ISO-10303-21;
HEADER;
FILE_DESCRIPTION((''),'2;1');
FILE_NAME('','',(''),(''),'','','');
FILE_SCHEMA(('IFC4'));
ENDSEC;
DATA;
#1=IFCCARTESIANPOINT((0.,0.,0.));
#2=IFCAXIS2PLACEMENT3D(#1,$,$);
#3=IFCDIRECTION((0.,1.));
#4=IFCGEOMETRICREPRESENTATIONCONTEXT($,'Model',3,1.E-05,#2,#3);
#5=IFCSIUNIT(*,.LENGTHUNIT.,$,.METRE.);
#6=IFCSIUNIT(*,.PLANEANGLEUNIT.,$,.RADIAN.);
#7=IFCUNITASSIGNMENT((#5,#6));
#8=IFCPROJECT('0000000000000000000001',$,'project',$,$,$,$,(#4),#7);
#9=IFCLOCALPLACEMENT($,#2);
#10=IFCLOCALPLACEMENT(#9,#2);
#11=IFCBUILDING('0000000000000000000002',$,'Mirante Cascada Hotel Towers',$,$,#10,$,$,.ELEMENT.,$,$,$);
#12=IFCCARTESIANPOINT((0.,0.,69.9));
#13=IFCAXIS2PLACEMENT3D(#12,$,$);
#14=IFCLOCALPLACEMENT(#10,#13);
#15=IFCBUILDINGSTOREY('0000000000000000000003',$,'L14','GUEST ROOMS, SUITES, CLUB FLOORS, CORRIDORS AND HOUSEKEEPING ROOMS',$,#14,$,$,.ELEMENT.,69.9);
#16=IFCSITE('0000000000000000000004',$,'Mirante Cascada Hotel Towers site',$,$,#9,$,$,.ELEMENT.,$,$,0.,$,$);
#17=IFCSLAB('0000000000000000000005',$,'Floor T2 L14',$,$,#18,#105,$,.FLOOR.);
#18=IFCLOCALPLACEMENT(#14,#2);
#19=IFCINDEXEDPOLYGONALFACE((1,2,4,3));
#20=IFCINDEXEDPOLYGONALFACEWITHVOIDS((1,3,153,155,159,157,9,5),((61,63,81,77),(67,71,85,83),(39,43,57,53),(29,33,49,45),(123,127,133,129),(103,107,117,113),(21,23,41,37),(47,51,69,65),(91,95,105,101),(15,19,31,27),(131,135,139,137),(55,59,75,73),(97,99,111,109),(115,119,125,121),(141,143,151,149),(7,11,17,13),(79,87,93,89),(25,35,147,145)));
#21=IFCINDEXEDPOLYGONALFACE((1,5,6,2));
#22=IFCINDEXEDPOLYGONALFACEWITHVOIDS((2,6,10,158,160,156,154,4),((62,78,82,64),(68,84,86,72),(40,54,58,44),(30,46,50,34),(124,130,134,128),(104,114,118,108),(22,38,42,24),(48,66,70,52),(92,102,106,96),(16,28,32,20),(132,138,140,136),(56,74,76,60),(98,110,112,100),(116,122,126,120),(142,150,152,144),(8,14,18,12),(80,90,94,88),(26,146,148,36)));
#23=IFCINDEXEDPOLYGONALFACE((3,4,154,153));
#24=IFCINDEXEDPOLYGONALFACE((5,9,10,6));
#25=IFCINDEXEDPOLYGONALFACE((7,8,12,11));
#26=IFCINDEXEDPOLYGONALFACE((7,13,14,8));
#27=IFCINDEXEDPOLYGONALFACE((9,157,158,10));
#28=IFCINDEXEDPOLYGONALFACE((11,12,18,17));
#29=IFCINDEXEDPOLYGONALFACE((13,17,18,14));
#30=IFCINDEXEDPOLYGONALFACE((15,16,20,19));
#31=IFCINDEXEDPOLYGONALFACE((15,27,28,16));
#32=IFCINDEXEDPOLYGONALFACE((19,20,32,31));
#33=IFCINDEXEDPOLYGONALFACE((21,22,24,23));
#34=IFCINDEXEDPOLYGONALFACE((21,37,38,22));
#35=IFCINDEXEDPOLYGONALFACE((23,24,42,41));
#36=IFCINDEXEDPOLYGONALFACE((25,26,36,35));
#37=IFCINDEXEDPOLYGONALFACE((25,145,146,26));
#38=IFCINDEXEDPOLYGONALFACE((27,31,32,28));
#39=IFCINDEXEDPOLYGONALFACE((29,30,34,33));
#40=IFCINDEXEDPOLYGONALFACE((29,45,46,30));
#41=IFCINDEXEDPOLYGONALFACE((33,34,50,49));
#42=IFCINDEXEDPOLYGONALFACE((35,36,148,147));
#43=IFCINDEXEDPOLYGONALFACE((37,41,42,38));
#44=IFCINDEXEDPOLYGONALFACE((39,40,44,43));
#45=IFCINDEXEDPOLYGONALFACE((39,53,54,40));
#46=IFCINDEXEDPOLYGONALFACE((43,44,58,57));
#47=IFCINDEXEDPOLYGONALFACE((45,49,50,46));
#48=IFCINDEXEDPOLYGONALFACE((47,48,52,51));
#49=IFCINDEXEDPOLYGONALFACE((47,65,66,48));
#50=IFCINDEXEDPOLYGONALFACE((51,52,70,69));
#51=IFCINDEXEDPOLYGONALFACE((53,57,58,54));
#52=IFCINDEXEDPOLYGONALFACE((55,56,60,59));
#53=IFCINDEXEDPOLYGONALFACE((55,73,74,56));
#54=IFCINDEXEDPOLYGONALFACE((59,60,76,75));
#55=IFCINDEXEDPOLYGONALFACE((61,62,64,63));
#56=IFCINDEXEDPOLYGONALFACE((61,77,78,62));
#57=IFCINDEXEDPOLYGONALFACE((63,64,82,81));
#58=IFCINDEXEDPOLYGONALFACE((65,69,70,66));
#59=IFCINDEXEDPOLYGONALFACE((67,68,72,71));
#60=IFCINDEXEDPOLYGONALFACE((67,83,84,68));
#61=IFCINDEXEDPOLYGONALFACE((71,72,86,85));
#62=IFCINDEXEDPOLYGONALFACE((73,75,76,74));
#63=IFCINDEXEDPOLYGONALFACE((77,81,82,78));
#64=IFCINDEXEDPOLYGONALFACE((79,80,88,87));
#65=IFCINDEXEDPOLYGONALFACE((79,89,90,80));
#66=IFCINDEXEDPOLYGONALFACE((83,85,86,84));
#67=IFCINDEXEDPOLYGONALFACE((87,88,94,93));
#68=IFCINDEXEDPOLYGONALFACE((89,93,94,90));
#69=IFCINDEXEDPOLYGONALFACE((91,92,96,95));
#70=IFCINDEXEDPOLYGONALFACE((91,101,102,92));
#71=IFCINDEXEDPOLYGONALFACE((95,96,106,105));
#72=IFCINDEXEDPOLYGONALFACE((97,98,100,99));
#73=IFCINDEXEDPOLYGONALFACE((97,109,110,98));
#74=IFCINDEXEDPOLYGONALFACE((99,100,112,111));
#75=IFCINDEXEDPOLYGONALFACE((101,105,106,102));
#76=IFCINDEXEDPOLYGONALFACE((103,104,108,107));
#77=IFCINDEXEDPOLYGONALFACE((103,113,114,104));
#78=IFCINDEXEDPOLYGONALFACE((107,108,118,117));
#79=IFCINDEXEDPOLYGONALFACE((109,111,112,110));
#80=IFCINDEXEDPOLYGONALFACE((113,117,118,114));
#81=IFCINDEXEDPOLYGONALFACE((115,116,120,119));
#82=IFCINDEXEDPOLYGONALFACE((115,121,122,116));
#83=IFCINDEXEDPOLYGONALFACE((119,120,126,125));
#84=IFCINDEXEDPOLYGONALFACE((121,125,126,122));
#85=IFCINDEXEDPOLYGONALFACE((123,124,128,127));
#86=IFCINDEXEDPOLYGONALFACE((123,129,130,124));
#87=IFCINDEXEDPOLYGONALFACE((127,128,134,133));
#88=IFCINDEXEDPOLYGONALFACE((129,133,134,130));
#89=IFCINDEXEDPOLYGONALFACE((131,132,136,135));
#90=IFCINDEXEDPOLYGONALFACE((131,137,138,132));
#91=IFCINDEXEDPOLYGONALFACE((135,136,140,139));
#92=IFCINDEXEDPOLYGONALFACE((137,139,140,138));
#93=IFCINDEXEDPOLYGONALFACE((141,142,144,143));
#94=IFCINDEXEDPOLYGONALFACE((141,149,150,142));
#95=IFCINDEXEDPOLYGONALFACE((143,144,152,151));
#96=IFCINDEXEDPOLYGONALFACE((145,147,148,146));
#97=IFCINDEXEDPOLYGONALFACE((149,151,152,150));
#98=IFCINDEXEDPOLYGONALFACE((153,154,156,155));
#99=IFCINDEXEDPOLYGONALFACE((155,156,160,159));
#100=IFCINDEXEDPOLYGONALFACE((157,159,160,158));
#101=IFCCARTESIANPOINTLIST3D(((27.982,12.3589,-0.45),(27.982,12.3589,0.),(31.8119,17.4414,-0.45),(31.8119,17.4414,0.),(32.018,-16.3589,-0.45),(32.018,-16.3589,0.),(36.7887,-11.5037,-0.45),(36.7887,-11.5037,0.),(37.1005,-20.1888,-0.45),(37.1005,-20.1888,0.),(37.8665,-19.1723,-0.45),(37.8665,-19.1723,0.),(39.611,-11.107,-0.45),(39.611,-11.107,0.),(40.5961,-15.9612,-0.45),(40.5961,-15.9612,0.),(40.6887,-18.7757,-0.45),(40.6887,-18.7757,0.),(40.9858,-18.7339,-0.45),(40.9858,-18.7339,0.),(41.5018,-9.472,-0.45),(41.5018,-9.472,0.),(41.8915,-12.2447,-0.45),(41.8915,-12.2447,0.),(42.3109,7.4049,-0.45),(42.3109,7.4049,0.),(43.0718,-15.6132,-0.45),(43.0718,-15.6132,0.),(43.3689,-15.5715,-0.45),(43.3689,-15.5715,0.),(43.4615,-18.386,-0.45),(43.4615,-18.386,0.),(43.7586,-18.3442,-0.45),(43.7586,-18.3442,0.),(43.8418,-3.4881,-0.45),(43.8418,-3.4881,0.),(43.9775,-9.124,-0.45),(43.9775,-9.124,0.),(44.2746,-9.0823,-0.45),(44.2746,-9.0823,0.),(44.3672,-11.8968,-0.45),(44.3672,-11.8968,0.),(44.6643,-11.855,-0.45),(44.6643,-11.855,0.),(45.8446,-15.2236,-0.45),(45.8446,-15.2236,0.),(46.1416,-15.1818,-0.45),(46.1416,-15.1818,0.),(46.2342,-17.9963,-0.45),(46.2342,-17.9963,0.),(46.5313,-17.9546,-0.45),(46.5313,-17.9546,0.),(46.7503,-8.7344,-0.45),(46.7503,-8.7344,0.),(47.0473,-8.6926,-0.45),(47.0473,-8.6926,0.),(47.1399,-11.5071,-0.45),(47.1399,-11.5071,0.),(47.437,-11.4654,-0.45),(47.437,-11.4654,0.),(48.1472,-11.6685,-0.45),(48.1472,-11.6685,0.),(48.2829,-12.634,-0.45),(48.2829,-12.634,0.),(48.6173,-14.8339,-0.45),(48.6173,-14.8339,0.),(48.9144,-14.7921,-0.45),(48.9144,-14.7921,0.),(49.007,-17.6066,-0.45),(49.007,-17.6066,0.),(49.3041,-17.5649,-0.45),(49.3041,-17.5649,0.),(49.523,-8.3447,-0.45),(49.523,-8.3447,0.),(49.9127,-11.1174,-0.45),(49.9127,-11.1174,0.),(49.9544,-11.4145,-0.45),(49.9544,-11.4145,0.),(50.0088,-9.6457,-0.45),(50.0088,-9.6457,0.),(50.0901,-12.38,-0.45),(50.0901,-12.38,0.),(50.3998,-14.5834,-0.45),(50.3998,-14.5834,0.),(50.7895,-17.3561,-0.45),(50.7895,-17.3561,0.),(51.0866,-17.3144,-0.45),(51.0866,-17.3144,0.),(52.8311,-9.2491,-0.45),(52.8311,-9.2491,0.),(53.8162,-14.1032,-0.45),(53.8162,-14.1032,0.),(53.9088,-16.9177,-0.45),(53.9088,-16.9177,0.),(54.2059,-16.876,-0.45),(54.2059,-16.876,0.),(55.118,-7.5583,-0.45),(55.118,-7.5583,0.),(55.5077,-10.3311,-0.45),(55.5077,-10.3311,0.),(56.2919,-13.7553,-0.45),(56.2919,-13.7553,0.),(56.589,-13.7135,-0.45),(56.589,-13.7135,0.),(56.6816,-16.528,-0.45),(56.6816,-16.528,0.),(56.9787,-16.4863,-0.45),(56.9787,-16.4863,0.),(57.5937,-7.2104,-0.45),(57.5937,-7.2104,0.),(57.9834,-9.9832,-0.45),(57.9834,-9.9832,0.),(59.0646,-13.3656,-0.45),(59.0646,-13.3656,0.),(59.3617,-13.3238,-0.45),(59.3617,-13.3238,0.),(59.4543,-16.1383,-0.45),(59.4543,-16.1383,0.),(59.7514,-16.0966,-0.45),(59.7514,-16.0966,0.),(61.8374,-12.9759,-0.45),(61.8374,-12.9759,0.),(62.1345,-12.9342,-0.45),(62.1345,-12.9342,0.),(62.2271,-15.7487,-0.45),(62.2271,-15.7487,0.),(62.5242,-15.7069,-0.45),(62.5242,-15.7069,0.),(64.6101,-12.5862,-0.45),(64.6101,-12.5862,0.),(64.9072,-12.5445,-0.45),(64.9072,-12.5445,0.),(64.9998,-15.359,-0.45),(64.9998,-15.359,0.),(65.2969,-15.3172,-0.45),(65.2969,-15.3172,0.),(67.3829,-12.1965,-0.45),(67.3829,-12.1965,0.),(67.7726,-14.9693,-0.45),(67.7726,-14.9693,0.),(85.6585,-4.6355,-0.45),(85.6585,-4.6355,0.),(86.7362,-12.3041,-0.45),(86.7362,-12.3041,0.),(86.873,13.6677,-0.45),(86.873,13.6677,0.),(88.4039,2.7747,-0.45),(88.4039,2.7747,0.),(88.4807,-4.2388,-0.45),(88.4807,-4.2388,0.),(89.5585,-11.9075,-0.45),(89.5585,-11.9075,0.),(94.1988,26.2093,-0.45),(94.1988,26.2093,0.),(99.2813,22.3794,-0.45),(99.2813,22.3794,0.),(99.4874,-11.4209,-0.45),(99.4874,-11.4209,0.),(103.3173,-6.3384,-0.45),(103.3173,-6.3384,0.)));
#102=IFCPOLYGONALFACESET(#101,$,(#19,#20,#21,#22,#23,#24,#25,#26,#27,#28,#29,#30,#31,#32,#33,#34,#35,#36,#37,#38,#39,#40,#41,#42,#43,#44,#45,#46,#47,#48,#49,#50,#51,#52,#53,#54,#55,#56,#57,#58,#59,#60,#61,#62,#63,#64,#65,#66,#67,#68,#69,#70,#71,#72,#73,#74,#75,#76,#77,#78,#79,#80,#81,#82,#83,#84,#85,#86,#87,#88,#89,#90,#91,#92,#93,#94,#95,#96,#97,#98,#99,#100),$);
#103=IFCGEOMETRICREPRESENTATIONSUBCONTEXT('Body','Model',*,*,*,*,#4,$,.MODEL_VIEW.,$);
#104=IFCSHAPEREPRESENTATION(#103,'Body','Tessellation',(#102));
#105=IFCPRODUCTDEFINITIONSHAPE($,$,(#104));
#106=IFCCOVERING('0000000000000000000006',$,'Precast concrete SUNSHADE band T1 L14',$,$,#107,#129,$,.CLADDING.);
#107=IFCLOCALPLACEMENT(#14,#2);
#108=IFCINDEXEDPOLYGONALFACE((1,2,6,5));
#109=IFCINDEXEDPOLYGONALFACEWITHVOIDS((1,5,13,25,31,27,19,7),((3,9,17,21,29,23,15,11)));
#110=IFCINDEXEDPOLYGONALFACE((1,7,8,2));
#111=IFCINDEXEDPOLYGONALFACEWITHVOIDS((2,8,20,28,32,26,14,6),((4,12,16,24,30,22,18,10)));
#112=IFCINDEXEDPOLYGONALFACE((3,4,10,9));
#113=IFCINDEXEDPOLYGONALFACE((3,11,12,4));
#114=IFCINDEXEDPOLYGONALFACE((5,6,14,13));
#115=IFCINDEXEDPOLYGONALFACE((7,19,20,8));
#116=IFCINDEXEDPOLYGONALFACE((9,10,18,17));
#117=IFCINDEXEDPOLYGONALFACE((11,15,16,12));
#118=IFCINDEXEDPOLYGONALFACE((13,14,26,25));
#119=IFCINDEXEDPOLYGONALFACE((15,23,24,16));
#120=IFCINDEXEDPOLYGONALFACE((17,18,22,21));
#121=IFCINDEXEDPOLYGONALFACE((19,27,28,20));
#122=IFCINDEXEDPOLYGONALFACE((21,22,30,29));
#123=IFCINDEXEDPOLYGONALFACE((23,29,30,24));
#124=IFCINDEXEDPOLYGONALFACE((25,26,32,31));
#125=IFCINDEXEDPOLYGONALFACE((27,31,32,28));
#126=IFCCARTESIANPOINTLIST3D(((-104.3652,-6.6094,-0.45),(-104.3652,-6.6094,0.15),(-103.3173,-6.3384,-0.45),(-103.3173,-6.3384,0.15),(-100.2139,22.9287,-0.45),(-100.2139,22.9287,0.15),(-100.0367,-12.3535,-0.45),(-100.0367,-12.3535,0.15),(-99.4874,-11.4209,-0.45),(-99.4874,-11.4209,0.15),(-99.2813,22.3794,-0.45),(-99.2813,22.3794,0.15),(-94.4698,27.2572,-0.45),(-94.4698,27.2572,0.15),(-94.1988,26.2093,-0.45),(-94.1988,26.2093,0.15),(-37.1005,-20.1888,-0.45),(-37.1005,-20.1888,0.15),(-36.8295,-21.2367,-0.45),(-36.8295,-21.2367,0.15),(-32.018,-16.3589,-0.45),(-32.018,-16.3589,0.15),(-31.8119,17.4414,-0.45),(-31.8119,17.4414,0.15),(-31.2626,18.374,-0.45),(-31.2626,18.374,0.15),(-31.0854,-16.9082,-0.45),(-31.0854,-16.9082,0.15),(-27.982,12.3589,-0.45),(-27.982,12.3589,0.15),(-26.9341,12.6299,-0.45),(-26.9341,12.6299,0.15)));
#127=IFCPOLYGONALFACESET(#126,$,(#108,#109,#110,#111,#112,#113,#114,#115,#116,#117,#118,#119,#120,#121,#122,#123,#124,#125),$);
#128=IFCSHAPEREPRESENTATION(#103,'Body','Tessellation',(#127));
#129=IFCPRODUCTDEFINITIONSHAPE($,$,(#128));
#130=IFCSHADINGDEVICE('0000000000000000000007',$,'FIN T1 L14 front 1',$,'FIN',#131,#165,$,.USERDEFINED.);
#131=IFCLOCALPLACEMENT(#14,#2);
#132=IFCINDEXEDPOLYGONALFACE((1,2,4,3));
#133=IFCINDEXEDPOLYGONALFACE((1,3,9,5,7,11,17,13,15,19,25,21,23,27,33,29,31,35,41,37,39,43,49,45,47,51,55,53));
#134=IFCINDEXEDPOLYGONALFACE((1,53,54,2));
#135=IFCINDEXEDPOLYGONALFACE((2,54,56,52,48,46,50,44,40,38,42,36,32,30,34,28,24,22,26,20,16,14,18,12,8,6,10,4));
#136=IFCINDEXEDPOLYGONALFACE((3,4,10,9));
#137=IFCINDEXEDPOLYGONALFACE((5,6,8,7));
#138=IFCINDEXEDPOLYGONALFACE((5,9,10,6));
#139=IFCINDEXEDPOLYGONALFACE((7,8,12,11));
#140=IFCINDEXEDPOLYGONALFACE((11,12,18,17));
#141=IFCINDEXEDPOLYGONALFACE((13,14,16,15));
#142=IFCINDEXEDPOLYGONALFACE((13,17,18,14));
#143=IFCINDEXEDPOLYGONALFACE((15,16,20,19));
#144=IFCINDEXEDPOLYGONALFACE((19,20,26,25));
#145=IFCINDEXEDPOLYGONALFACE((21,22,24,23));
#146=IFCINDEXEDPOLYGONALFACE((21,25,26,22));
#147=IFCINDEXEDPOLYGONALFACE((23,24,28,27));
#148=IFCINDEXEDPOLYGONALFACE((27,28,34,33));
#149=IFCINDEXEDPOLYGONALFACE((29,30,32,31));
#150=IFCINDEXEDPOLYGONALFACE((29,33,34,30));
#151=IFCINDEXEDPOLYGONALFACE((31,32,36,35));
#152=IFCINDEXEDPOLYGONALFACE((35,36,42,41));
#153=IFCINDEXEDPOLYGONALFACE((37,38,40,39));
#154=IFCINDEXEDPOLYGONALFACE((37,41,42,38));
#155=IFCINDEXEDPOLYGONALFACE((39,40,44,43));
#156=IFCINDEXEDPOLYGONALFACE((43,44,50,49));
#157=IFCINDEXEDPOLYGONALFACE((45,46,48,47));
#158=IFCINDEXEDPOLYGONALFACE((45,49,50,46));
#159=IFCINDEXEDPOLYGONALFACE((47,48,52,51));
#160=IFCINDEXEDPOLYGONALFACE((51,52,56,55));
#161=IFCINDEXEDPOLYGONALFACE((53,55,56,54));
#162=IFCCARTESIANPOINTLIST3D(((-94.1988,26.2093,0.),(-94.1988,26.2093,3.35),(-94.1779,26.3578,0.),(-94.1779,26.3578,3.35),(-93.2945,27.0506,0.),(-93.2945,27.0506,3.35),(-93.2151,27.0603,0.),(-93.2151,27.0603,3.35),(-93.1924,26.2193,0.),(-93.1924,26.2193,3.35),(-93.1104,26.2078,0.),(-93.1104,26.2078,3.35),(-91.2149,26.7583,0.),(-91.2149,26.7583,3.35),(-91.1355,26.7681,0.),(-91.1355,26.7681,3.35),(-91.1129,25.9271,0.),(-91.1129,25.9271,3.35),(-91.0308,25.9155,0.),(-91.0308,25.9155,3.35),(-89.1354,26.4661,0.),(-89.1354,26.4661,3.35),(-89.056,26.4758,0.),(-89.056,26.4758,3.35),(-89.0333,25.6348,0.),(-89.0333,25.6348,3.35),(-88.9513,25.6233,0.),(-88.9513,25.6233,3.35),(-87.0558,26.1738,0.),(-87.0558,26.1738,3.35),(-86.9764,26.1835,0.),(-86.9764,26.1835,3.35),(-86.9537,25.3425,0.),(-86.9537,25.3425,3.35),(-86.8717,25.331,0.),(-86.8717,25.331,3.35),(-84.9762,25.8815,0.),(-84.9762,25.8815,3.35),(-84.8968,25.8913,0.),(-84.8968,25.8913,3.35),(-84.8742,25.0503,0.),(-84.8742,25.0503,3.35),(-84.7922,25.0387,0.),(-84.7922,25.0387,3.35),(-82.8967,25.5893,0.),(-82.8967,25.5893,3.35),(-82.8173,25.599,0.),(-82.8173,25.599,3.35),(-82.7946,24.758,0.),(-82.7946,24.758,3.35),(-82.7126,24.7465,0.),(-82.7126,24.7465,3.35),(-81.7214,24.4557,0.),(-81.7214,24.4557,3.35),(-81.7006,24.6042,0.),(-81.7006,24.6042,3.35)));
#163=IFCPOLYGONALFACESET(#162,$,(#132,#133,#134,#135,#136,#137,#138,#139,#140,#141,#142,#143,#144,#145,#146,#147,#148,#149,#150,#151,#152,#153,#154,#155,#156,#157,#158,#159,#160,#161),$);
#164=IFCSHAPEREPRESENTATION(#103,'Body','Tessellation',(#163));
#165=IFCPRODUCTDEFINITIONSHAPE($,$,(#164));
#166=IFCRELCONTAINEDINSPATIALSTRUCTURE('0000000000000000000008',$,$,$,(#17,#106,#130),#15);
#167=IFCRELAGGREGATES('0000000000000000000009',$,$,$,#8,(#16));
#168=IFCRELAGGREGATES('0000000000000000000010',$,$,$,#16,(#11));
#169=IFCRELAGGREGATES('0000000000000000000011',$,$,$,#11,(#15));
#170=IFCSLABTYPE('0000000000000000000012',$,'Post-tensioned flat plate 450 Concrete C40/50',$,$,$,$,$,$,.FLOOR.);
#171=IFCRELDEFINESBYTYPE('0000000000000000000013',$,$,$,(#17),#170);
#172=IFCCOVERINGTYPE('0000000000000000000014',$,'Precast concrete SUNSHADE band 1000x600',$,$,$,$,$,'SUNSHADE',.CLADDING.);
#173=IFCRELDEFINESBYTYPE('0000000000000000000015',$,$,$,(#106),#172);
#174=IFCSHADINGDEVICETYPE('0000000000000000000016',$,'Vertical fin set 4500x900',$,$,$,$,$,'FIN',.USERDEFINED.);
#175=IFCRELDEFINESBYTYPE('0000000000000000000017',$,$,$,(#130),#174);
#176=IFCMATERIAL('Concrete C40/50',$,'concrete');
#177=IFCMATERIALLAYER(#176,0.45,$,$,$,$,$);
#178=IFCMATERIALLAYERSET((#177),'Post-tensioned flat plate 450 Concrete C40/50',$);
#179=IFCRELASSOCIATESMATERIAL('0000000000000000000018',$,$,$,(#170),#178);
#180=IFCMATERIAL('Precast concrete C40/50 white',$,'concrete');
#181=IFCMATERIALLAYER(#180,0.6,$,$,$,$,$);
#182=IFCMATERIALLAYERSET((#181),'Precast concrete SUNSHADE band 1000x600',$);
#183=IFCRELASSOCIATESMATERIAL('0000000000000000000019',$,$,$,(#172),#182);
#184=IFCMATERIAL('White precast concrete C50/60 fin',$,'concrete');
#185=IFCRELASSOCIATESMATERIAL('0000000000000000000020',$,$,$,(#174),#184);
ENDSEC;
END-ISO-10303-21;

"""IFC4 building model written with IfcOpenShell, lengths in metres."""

from ifc_helpers import new_model, si_unit, direction, frame, origin, place, context, subcontext, project, spatial, polyline, outline, extrude, material, layer, layer_set, type_object, element, save


model = new_model("IFC4")

# Units and contexts
model_context = context("Model", 3, precision=1e-05, world=origin(), true_north=direction((0.0, 1.0)))
body_context = subcontext(model_context, "Body", "Model", "MODEL_VIEW")
ifc_project = project(units=[si_unit("LENGTHUNIT", "METRE"), si_unit("PLANEANGLEUNIT", "RADIAN")], contexts=[model_context])

# Site, building, storey
site_placement = place(None, origin())
site = spatial("IfcSite", under=ifc_project, at=site_placement, Name="Mirante Cascada Hotel Towers site", CompositionType="ELEMENT", RefElevation=0.0)
building_placement = place(site_placement, origin())
building = spatial("IfcBuilding", under=site, at=building_placement, Name="Mirante Cascada Hotel Towers", CompositionType="ELEMENT")
storey_placement = place(building_placement, frame((0.0, 0.0, 69.9)))
storey = spatial("IfcBuildingStorey", under=building, at=storey_placement, Name="L14", Description="GUEST ROOMS, SUITES, CLUB FLOORS, CORRIDORS AND HOUSEKEEPING ROOMS", CompositionType="ELEMENT", Elevation=69.9)

# Slab
ifc_material_1 = material(Name="Concrete C40/50", Category="concrete")
ifc_layer_1 = layer(ifc_material_1, 0.45)
ifc_layer_set_1 = layer_set([ifc_layer_1], Name="Post-tensioned flat plate 450 Concrete C40/50")
slab_type = type_object("IfcSlabType", Name="Post-tensioned flat plate 450 Concrete C40/50", PredefinedType="FLOOR", material=ifc_layer_set_1)
slab_1_placement = place(storey_placement, frame((0.0, 0.0, -0.45)))
element("IfcSlab", 1, at=slab_1_placement, inside=storey, type_object=slab_type, Name="Floor T2 L14", PredefinedType="FLOOR", context=body_context, shape_type="SweptSolid", body=[
    extrude(outline(polyline([(32.018, -16.3589), (27.982, 12.3589), (31.8119, 17.4414), (94.1988, 26.2093), (99.2813, 22.3794), (103.3173, -6.3384), (99.4874, -11.4209), (37.1005, -20.1888), (32.018, -16.3589)]), holes=[polyline([(43.0718, -15.6132), (40.5961, -15.9612), (40.9858, -18.7339), (43.4615, -18.386), (43.0718, -15.6132)]), polyline([(45.8446, -15.2236), (43.3689, -15.5715), (43.7586, -18.3442), (46.2342, -17.9963), (45.8446, -15.2236)]), polyline([(48.6173, -14.8339), (46.1416, -15.1818), (46.5313, -17.9546), (49.007, -17.6066), (48.6173, -14.8339)]), polyline([(50.3998, -14.5834), (48.9144, -14.7921), (49.3041, -17.5649), (50.7895, -17.3561), (50.3998, -14.5834)]), polyline([(37.8665, -19.1723), (40.6887, -18.7757), (39.611, -11.107), (36.7887, -11.5037), (37.8665, -19.1723)]), polyline([(49.9544, -11.4145), (48.1472, -11.6685), (48.2829, -12.634), (50.0901, -12.38), (49.9544, -11.4145)]), polyline([(43.9775, -9.124), (41.5018, -9.472), (41.8915, -12.2447), (44.3672, -11.8968), (43.9775, -9.124)]), polyline([(47.1399, -11.5071), (46.7503, -8.7344), (44.2746, -9.0823), (44.6643, -11.855), (47.1399, -11.5071)]), polyline([(49.9127, -11.1174), (49.523, -8.3447), (47.0473, -8.6926), (47.437, -11.4654), (49.9127, -11.1174)]), polyline([(56.2919, -13.7553), (53.8162, -14.1032), (54.2059, -16.876), (56.6816, -16.528), (56.2919, -13.7553)]), polyline([(59.0646, -13.3656), (56.589, -13.7135), (56.9787, -16.4863), (59.4543, -16.1383), (59.0646, -13.3656)]), polyline([(61.8374, -12.9759), (59.3617, -13.3238), (59.7514, -16.0966), (62.2271, -15.7487), (61.8374, -12.9759)]), polyline([(64.6101, -12.5862), (62.1345, -12.9342), (62.5242, -15.7069), (64.9998, -15.359), (64.6101, -12.5862)]), polyline([(67.3829, -12.1965), (64.9072, -12.5445), (65.2969, -15.3172), (67.7726, -14.9693), (67.3829, -12.1965)]), polyline([(51.0866, -17.3144), (53.9088, -16.9177), (52.8311, -9.2491), (50.0088, -9.6457), (51.0866, -17.3144)]), polyline([(86.7362, -12.3041), (89.5585, -11.9075), (88.4807, -4.2388), (85.6585, -4.6355), (86.7362, -12.3041)]), polyline([(57.9834, -9.9832), (57.5937, -7.2104), (55.118, -7.5583), (55.5077, -10.3311), (57.9834, -9.9832)]), polyline([(88.4039, 2.7747), (86.873, 13.6677), (42.3109, 7.4049), (43.8418, -3.4881), (88.4039, 2.7747)])]), origin(), (0.0, 0.0, 1.0), 0.45),
])

# Covering
ifc_material_2 = material(Name="Precast concrete C40/50 white", Category="concrete")
ifc_layer_2 = layer(ifc_material_2, 0.6)
ifc_layer_set_2 = layer_set([ifc_layer_2], Name="Precast concrete SUNSHADE band 1000x600")
covering_type = type_object("IfcCoveringType", Name="Precast concrete SUNSHADE band 1000x600", ElementType="SUNSHADE", PredefinedType="CLADDING", material=ifc_layer_set_2)
covering_placement = place(storey_placement, frame((0.0, 0.0, -0.45)))
element("IfcCovering", 2, at=covering_placement, inside=storey, type_object=covering_type, Name="Precast concrete SUNSHADE band T1 L14", PredefinedType="CLADDING", context=body_context, shape_type="SweptSolid", body=[
    extrude(outline(polyline([(-104.3652, -6.6094), (-100.2139, 22.9287), (-94.4698, 27.2572), (-31.2626, 18.374), (-26.9341, 12.6299), (-31.0854, -16.9082), (-36.8295, -21.2367), (-100.0367, -12.3535), (-104.3652, -6.6094)]), holes=[polyline([(-27.982, 12.3589), (-31.8119, 17.4414), (-94.1988, 26.2093), (-99.2813, 22.3794), (-103.3173, -6.3384), (-99.4874, -11.4209), (-37.1005, -20.1888), (-32.018, -16.3589), (-27.982, 12.3589)])]), origin(), (0.0, 0.0, 1.0), 0.6),
])

# Shading device
ifc_material_3 = material(Name="White precast concrete C50/60 fin", Category="concrete")
shading_device_type = type_object("IfcShadingDeviceType", Name="Vertical fin set 4500x900", ElementType="FIN", PredefinedType="USERDEFINED", material=ifc_material_3)
shading_device_1_placement = place(storey_placement, origin())
element("IfcShadingDevice", 3, at=shading_device_1_placement, inside=storey, type_object=shading_device_type, Name="FIN T1 L14 front 1", ObjectType="FIN", PredefinedType="USERDEFINED", context=body_context, shape_type="SweptSolid", body=[
    extrude(outline(polyline([(-82.8173, 25.599), (-82.7126, 24.7465), (-81.7006, 24.6042), (-81.7214, 24.4557), (-94.1988, 26.2093), (-94.1779, 26.3578), (-93.1924, 26.2193), (-93.2945, 27.0506), (-93.2151, 27.0603), (-93.1104, 26.2078), (-91.1129, 25.9271), (-91.2149, 26.7583), (-91.1355, 26.7681), (-91.0308, 25.9155), (-89.0333, 25.6348), (-89.1354, 26.4661), (-89.056, 26.4758), (-88.9513, 25.6233), (-86.9537, 25.3425), (-87.0558, 26.1738), (-86.9764, 26.1835), (-86.8717, 25.331), (-84.8742, 25.0503), (-84.9762, 25.8815), (-84.8968, 25.8913), (-84.7922, 25.0387), (-82.7946, 24.758), (-82.8967, 25.5893), (-82.8173, 25.599)])), origin(), (0.0, 0.0, 1.0), 3.35),
])

save(model, "model.ifc")
